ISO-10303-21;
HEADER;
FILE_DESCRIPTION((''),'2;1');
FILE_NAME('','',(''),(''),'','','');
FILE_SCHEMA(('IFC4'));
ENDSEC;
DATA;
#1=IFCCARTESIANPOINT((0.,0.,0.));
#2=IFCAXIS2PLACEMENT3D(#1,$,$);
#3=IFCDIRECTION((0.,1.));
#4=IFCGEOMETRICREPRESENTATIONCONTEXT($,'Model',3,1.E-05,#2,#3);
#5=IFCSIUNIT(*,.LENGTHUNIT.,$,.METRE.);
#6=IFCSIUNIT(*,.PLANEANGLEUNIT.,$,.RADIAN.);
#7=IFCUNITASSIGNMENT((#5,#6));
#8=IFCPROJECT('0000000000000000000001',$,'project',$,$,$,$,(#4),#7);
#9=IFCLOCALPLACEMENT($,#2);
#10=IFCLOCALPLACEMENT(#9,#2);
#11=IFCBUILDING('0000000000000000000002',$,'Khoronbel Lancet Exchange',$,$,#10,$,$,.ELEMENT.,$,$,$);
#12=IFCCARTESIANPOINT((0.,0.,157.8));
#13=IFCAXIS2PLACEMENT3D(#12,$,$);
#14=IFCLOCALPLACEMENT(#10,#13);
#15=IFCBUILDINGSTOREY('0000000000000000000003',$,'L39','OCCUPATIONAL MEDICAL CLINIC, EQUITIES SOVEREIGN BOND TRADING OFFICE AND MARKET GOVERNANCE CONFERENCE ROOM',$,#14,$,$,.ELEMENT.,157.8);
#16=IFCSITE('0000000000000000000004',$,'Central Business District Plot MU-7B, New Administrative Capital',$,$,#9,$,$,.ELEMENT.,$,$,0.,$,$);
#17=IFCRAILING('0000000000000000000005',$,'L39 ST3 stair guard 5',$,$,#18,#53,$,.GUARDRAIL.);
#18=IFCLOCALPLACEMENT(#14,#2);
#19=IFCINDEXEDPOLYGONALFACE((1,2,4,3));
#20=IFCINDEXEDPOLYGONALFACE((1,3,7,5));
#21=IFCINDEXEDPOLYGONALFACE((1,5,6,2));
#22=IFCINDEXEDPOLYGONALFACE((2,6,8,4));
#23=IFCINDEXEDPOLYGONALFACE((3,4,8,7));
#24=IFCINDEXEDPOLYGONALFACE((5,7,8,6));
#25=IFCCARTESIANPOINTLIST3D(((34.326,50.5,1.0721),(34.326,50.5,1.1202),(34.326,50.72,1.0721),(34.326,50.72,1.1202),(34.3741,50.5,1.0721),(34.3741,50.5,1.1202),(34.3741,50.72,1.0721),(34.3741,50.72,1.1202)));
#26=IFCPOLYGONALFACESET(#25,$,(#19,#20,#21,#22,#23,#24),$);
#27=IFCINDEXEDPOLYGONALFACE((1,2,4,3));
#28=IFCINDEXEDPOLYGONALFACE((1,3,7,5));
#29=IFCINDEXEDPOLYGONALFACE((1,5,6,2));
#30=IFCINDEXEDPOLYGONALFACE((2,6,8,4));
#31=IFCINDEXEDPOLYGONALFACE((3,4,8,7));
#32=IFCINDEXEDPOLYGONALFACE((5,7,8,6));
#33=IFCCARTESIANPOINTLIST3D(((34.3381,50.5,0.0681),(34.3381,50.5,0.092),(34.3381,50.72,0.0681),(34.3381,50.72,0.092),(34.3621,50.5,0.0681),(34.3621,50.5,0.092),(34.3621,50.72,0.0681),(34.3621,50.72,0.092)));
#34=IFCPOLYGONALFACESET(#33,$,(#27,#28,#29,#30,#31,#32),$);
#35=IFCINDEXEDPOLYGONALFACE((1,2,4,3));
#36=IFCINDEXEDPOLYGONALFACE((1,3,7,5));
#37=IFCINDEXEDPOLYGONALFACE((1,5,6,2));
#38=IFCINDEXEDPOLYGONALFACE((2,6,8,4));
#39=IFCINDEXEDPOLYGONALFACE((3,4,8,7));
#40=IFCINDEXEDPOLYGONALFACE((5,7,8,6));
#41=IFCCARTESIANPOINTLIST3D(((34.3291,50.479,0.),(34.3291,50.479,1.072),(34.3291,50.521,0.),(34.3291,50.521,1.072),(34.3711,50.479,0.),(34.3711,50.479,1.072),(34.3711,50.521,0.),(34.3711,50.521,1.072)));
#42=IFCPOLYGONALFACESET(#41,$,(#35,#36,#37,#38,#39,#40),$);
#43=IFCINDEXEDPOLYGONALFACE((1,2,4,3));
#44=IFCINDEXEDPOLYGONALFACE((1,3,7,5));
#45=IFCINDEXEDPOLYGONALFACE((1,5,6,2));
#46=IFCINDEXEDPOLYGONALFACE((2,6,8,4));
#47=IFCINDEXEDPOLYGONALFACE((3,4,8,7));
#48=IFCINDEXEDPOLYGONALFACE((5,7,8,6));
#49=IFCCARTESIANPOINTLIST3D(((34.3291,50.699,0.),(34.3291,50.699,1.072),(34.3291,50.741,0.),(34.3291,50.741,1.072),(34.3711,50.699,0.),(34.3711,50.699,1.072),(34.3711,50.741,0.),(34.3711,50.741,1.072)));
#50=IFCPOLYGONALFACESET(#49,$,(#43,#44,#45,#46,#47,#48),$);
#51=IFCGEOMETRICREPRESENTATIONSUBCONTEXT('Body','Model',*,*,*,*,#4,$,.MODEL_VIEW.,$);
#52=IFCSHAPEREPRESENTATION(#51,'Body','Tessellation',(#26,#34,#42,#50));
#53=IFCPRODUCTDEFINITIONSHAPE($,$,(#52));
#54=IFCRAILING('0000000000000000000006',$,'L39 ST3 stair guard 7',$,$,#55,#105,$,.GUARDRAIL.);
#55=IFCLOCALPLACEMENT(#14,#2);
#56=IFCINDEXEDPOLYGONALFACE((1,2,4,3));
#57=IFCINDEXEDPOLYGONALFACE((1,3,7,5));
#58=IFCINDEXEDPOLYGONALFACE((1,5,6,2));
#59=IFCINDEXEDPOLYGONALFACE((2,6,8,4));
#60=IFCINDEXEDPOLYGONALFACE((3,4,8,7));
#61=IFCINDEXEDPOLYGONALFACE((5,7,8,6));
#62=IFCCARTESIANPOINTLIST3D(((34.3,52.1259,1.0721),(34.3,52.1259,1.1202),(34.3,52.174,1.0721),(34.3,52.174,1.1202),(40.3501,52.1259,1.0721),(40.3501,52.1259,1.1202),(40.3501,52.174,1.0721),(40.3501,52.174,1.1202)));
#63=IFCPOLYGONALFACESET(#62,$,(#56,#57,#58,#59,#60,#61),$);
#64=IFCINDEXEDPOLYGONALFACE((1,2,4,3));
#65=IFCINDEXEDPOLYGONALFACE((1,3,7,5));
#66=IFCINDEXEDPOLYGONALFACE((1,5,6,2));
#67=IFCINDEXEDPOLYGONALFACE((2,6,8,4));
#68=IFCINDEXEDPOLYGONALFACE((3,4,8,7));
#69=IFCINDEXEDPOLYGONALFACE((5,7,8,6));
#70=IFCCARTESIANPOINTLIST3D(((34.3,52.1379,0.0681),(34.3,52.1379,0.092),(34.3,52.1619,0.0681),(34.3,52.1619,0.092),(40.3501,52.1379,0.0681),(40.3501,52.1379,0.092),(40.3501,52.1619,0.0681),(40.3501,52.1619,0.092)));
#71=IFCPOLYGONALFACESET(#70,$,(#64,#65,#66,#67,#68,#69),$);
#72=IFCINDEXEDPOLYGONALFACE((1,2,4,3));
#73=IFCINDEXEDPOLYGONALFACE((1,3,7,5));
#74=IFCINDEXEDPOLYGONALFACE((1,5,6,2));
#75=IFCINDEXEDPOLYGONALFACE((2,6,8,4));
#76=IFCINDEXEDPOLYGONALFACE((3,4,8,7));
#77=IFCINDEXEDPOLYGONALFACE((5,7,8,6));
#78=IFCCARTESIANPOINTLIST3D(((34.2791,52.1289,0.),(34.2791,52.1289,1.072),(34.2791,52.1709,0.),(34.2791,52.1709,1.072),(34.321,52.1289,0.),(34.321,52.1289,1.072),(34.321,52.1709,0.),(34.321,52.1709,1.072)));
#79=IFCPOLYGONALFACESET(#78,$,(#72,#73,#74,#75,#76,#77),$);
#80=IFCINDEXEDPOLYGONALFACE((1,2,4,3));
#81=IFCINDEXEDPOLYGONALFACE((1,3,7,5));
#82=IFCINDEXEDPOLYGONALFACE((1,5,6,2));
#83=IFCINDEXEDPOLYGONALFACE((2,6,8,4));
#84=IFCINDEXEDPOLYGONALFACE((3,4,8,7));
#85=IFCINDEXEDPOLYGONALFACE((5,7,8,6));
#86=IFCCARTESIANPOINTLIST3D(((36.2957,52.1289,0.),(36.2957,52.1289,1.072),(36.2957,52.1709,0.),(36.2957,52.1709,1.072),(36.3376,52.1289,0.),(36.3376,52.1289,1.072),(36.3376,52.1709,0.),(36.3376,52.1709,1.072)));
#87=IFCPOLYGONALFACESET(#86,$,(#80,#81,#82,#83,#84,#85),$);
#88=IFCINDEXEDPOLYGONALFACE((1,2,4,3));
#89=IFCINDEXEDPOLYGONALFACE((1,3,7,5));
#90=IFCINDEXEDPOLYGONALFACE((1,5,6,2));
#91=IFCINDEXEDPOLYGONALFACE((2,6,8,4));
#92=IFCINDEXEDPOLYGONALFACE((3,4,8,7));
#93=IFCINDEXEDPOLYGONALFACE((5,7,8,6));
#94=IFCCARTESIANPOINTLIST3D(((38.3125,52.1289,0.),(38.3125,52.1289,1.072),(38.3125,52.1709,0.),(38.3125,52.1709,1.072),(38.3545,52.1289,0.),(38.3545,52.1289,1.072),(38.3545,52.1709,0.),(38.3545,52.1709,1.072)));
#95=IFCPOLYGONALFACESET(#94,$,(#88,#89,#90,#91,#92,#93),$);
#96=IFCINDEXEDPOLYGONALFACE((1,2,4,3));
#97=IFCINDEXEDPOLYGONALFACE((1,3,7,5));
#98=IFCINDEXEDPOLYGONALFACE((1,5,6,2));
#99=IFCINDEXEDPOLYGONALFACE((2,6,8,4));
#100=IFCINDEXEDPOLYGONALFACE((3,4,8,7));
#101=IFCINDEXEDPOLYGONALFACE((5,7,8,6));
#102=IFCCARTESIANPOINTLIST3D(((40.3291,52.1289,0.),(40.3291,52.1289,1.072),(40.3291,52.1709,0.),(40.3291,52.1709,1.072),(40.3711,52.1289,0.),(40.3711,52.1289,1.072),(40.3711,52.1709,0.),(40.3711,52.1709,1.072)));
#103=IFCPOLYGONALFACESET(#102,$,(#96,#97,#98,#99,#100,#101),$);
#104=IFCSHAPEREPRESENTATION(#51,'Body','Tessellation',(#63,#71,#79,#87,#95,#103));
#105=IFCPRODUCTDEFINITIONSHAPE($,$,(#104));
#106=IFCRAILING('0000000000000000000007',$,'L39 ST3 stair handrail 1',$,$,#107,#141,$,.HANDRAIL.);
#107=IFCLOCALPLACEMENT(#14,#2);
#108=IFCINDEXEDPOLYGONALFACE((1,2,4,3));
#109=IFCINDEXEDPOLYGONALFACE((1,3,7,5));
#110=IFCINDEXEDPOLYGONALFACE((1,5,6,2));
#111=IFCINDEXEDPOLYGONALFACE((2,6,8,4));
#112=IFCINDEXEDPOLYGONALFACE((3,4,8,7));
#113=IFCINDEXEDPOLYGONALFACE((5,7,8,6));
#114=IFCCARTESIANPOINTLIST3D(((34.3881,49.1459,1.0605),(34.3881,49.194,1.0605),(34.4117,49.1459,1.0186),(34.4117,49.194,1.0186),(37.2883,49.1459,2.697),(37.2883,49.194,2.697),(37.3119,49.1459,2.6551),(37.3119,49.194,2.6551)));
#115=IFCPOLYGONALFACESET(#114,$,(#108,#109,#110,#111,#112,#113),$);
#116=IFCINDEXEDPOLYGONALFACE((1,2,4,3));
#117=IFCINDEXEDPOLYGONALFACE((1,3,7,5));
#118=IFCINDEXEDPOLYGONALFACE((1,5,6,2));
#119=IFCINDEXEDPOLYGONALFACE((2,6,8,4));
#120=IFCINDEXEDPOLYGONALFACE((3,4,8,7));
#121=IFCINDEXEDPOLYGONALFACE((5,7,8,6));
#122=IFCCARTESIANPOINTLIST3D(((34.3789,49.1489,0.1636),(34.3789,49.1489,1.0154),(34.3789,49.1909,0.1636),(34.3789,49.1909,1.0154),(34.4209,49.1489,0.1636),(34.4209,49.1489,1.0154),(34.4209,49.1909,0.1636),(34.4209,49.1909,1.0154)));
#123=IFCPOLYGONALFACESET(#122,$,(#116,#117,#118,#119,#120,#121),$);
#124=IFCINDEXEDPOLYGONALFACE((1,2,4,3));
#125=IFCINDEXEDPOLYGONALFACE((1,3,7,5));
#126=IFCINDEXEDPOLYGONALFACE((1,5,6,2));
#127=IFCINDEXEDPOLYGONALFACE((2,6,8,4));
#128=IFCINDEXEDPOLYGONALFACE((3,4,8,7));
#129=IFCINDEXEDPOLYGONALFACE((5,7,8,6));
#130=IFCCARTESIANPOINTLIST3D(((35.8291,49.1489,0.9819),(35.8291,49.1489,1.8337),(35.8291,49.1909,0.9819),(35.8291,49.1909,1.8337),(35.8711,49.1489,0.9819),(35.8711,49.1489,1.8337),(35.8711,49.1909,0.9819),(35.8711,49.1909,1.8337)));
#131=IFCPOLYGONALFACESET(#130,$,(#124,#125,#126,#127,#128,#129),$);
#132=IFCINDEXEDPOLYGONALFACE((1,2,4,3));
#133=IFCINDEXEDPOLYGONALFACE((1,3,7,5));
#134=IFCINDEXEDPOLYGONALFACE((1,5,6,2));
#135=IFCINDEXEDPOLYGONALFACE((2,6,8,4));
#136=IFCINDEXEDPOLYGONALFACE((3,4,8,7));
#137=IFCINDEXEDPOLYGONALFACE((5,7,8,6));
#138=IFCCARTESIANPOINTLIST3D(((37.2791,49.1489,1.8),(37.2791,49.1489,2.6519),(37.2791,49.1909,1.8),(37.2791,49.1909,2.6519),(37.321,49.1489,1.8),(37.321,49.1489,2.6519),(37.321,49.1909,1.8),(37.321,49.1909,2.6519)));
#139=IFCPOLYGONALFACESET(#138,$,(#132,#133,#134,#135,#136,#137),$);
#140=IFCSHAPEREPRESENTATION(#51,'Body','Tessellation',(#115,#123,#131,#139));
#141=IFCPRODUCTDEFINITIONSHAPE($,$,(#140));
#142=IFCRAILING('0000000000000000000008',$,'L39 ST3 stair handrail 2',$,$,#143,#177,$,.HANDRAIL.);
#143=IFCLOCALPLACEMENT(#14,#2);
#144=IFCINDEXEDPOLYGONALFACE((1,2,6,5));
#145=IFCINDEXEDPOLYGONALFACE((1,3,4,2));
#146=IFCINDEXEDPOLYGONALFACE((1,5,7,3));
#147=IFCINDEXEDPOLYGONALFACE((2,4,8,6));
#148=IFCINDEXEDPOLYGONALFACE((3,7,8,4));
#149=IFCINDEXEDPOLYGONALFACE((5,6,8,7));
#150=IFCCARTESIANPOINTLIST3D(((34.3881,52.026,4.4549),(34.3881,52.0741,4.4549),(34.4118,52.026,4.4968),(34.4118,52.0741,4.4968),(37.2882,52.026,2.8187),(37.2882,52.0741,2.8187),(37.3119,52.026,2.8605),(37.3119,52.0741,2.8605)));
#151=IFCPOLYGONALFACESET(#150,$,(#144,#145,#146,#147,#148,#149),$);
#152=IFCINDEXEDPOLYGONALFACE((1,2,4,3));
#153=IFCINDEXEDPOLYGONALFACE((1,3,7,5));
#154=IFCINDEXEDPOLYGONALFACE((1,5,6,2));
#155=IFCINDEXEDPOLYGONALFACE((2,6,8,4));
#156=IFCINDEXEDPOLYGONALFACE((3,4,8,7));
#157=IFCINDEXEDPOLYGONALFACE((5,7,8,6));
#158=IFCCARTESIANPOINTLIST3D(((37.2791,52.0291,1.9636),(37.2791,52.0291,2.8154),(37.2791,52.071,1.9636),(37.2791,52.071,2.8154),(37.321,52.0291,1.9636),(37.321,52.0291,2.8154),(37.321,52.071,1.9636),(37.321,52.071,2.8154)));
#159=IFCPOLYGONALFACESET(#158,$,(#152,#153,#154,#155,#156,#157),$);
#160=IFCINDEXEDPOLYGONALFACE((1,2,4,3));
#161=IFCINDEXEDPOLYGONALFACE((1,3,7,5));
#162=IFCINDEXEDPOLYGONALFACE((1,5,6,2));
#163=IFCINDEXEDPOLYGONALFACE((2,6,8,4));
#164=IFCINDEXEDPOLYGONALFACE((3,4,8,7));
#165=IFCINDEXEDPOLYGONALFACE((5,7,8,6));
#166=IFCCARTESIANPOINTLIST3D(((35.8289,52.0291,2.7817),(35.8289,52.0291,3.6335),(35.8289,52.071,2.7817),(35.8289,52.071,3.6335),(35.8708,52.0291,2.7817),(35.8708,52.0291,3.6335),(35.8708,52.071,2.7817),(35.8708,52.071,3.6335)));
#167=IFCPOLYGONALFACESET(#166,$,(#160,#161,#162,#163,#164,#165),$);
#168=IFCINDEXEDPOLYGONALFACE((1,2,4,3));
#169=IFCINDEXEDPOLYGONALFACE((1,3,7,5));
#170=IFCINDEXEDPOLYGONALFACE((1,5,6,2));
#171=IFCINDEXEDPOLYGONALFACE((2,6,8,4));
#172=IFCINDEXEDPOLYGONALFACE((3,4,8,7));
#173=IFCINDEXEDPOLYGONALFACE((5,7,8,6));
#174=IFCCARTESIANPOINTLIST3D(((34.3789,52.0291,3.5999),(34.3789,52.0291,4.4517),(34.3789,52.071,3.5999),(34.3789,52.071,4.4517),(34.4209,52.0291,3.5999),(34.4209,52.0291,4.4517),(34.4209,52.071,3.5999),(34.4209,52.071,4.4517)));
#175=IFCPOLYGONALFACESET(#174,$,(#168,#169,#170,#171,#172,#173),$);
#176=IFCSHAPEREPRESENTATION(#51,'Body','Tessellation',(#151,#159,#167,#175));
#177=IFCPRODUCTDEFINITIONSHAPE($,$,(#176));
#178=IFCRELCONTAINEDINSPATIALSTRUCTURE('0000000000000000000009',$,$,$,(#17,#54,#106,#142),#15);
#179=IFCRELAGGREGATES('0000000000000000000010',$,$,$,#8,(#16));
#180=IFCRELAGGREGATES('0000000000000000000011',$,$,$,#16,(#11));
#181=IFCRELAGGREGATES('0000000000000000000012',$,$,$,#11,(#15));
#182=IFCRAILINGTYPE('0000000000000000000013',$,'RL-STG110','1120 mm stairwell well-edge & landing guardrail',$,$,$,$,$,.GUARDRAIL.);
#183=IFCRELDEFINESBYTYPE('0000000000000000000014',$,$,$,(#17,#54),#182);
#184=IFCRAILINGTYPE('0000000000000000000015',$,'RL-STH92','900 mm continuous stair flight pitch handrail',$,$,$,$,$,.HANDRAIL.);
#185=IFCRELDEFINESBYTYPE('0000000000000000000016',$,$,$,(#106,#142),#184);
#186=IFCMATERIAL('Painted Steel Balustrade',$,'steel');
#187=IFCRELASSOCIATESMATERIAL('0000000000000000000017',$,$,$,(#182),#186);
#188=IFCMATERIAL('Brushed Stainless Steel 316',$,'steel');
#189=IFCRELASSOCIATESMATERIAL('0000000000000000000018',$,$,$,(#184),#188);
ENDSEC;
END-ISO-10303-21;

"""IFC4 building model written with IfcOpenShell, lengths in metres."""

from ifc_helpers import new_model, si_unit, direction, frame, origin, origin_2d, place, context, subcontext, project, spatial, rectangle, extrude, material, type_object, element, save


model = new_model("IFC4")

# Units and contexts
model_context = context("Model", 3, precision=1e-05, world=origin(), true_north=direction((0.0, 1.0)))
body_context = subcontext(model_context, "Body", "Model", "MODEL_VIEW")
ifc_project = project(units=[si_unit("LENGTHUNIT", "METRE"), si_unit("PLANEANGLEUNIT", "RADIAN")], contexts=[model_context])

# Site, building, storey
site_placement = place(None, origin())
site = spatial("IfcSite", under=ifc_project, at=site_placement, Name="Central Business District Plot MU-7B, New Administrative Capital", CompositionType="ELEMENT", RefElevation=0.0)
building_placement = place(site_placement, origin())
building = spatial("IfcBuilding", under=site, at=building_placement, Name="Khoronbel Lancet Exchange", CompositionType="ELEMENT")
storey_placement = place(building_placement, frame((0.0, 0.0, 157.8)))
storey = spatial("IfcBuildingStorey", under=building, at=storey_placement, Name="L39", Description="OCCUPATIONAL MEDICAL CLINIC, EQUITIES SOVEREIGN BOND TRADING OFFICE AND MARKET GOVERNANCE CONFERENCE ROOM", CompositionType="ELEMENT", Elevation=157.8)

# Railings
ifc_material_1 = material(Name="Painted Steel Balustrade", Category="steel")
railing_type_1 = type_object("IfcRailingType", Name="RL-STG110", Description="1120 mm stairwell well-edge & landing guardrail", PredefinedType="GUARDRAIL", material=ifc_material_1)
railing_1_placement = place(storey_placement, frame((34.3501, 50.5, 0.0)))
element("IfcRailing", 1, at=railing_1_placement, inside=storey, type_object=railing_type_1, Name="L39 ST3 stair guard 5", PredefinedType="GUARDRAIL", context=body_context, shape_type="SweptSolid", body=[
    extrude(rectangle(XDim=0.0481, YDim=0.0481, at=origin_2d()), frame((0.0, 0.0, 1.0962), z_axis=(0.0, 1.0, 0.0), x_axis=(-1.0, 0.0, 0.0)), (0.0, 0.0, 1.0), 0.22),
    extrude(rectangle(XDim=0.0239, YDim=0.0239, at=origin_2d()), frame((0.0, 0.0, 0.0801), z_axis=(0.0, 1.0, 0.0), x_axis=(-1.0, 0.0, 0.0)), (0.0, 0.0, 1.0), 0.22),
    extrude(rectangle(XDim=0.042, YDim=0.042, at=origin_2d()), origin(), (0.0, 0.0, 1.0), 1.072),
    extrude(rectangle(XDim=0.042, YDim=0.042, at=origin_2d()), frame((0.0, 0.22, 0.0)), (0.0, 0.0, 1.0), 1.072),
])
railing_2_placement = place(storey_placement, frame((34.3, 52.1499, 0.0)))
element("IfcRailing", 2, at=railing_2_placement, inside=storey, type_object=railing_type_1, Name="L39 ST3 stair guard 7", PredefinedType="GUARDRAIL", context=body_context, shape_type="SweptSolid", body=[
    extrude(rectangle(XDim=0.0481, YDim=0.0481, at=origin_2d()), frame((0.0, 0.0, 1.0962), z_axis=(1.0, 0.0, 0.0), x_axis=(0.0, 1.0, 0.0)), (0.0, 0.0, 1.0), 6.05),
    extrude(rectangle(XDim=0.0239, YDim=0.0239, at=origin_2d()), frame((0.0, 0.0, 0.0801), z_axis=(1.0, 0.0, 0.0), x_axis=(0.0, 1.0, 0.0)), (0.0, 0.0, 1.0), 6.05),
    extrude(rectangle(XDim=0.042, YDim=0.042, at=origin_2d()), origin(), (0.0, 0.0, 1.0), 1.072),
    extrude(rectangle(XDim=0.042, YDim=0.042, at=origin_2d()), frame((2.0166, 0.0, 0.0)), (0.0, 0.0, 1.0), 1.072),
    extrude(rectangle(XDim=0.042, YDim=0.042, at=origin_2d()), frame((4.0334, 0.0, 0.0)), (0.0, 0.0, 1.0), 1.072),
    extrude(rectangle(XDim=0.042, YDim=0.042, at=origin_2d()), frame((6.05, 0.0, 0.0)), (0.0, 0.0, 1.0), 1.072),
])
ifc_material_2 = material(Name="Brushed Stainless Steel 316", Category="steel")
railing_type_2 = type_object("IfcRailingType", Name="RL-STH92", Description="900 mm continuous stair flight pitch handrail", PredefinedType="HANDRAIL", material=ifc_material_2)
railing_3_placement = place(storey_placement, frame((34.3999, 49.1699, 0.1636)))
element("IfcRailing", 3, at=railing_3_placement, inside=storey, type_object=railing_type_2, Name="L39 ST3 stair handrail 1", PredefinedType="HANDRAIL", context=body_context, shape_type="SweptSolid", body=[
    extrude(rectangle(XDim=0.0481, YDim=0.0481, at=origin_2d()), frame((0.0, 0.0, 0.876), z_axis=(0.870915, 0.0, 0.491434), x_axis=(0.0, 1.0, 0.0)), (0.0, 0.0, 1.0), 3.3301),
    extrude(rectangle(XDim=0.042, YDim=0.042, at=origin_2d()), origin(), (0.0, 0.0, 1.0), 0.8518),
    extrude(rectangle(XDim=0.042, YDim=0.042, at=origin_2d()), frame((1.4502, 0.0, 0.8184)), (0.0, 0.0, 1.0), 0.8518),
    extrude(rectangle(XDim=0.042, YDim=0.042, at=origin_2d()), frame((2.9001, 0.0, 1.6365)), (0.0, 0.0, 1.0), 0.8518),
])
railing_4_placement = place(storey_placement, frame((37.3, 52.05, 1.9636)))
element("IfcRailing", 4, at=railing_4_placement, inside=storey, type_object=railing_type_2, Name="L39 ST3 stair handrail 2", PredefinedType="HANDRAIL", context=body_context, shape_type="SweptSolid", body=[
    extrude(rectangle(XDim=0.0481, YDim=0.0481, at=origin_2d()), frame((0.0, 0.0, 0.876), z_axis=(-0.870946, 0.0, 0.491378), x_axis=(0.0, -1.0, 0.0)), (0.0, 0.0, 1.0), 3.3298),
    extrude(rectangle(XDim=0.042, YDim=0.042, at=origin_2d()), origin(), (0.0, 0.0, 1.0), 0.8518),
    extrude(rectangle(XDim=0.042, YDim=0.042, at=origin_2d()), frame((-1.4502, 0.0, 0.8181)), (0.0, 0.0, 1.0), 0.8518),
    extrude(rectangle(XDim=0.042, YDim=0.042, at=origin_2d()), frame((-2.9001, 0.0, 1.6362)), (0.0, 0.0, 1.0), 0.8518),
])

save(model, "model.ifc")
